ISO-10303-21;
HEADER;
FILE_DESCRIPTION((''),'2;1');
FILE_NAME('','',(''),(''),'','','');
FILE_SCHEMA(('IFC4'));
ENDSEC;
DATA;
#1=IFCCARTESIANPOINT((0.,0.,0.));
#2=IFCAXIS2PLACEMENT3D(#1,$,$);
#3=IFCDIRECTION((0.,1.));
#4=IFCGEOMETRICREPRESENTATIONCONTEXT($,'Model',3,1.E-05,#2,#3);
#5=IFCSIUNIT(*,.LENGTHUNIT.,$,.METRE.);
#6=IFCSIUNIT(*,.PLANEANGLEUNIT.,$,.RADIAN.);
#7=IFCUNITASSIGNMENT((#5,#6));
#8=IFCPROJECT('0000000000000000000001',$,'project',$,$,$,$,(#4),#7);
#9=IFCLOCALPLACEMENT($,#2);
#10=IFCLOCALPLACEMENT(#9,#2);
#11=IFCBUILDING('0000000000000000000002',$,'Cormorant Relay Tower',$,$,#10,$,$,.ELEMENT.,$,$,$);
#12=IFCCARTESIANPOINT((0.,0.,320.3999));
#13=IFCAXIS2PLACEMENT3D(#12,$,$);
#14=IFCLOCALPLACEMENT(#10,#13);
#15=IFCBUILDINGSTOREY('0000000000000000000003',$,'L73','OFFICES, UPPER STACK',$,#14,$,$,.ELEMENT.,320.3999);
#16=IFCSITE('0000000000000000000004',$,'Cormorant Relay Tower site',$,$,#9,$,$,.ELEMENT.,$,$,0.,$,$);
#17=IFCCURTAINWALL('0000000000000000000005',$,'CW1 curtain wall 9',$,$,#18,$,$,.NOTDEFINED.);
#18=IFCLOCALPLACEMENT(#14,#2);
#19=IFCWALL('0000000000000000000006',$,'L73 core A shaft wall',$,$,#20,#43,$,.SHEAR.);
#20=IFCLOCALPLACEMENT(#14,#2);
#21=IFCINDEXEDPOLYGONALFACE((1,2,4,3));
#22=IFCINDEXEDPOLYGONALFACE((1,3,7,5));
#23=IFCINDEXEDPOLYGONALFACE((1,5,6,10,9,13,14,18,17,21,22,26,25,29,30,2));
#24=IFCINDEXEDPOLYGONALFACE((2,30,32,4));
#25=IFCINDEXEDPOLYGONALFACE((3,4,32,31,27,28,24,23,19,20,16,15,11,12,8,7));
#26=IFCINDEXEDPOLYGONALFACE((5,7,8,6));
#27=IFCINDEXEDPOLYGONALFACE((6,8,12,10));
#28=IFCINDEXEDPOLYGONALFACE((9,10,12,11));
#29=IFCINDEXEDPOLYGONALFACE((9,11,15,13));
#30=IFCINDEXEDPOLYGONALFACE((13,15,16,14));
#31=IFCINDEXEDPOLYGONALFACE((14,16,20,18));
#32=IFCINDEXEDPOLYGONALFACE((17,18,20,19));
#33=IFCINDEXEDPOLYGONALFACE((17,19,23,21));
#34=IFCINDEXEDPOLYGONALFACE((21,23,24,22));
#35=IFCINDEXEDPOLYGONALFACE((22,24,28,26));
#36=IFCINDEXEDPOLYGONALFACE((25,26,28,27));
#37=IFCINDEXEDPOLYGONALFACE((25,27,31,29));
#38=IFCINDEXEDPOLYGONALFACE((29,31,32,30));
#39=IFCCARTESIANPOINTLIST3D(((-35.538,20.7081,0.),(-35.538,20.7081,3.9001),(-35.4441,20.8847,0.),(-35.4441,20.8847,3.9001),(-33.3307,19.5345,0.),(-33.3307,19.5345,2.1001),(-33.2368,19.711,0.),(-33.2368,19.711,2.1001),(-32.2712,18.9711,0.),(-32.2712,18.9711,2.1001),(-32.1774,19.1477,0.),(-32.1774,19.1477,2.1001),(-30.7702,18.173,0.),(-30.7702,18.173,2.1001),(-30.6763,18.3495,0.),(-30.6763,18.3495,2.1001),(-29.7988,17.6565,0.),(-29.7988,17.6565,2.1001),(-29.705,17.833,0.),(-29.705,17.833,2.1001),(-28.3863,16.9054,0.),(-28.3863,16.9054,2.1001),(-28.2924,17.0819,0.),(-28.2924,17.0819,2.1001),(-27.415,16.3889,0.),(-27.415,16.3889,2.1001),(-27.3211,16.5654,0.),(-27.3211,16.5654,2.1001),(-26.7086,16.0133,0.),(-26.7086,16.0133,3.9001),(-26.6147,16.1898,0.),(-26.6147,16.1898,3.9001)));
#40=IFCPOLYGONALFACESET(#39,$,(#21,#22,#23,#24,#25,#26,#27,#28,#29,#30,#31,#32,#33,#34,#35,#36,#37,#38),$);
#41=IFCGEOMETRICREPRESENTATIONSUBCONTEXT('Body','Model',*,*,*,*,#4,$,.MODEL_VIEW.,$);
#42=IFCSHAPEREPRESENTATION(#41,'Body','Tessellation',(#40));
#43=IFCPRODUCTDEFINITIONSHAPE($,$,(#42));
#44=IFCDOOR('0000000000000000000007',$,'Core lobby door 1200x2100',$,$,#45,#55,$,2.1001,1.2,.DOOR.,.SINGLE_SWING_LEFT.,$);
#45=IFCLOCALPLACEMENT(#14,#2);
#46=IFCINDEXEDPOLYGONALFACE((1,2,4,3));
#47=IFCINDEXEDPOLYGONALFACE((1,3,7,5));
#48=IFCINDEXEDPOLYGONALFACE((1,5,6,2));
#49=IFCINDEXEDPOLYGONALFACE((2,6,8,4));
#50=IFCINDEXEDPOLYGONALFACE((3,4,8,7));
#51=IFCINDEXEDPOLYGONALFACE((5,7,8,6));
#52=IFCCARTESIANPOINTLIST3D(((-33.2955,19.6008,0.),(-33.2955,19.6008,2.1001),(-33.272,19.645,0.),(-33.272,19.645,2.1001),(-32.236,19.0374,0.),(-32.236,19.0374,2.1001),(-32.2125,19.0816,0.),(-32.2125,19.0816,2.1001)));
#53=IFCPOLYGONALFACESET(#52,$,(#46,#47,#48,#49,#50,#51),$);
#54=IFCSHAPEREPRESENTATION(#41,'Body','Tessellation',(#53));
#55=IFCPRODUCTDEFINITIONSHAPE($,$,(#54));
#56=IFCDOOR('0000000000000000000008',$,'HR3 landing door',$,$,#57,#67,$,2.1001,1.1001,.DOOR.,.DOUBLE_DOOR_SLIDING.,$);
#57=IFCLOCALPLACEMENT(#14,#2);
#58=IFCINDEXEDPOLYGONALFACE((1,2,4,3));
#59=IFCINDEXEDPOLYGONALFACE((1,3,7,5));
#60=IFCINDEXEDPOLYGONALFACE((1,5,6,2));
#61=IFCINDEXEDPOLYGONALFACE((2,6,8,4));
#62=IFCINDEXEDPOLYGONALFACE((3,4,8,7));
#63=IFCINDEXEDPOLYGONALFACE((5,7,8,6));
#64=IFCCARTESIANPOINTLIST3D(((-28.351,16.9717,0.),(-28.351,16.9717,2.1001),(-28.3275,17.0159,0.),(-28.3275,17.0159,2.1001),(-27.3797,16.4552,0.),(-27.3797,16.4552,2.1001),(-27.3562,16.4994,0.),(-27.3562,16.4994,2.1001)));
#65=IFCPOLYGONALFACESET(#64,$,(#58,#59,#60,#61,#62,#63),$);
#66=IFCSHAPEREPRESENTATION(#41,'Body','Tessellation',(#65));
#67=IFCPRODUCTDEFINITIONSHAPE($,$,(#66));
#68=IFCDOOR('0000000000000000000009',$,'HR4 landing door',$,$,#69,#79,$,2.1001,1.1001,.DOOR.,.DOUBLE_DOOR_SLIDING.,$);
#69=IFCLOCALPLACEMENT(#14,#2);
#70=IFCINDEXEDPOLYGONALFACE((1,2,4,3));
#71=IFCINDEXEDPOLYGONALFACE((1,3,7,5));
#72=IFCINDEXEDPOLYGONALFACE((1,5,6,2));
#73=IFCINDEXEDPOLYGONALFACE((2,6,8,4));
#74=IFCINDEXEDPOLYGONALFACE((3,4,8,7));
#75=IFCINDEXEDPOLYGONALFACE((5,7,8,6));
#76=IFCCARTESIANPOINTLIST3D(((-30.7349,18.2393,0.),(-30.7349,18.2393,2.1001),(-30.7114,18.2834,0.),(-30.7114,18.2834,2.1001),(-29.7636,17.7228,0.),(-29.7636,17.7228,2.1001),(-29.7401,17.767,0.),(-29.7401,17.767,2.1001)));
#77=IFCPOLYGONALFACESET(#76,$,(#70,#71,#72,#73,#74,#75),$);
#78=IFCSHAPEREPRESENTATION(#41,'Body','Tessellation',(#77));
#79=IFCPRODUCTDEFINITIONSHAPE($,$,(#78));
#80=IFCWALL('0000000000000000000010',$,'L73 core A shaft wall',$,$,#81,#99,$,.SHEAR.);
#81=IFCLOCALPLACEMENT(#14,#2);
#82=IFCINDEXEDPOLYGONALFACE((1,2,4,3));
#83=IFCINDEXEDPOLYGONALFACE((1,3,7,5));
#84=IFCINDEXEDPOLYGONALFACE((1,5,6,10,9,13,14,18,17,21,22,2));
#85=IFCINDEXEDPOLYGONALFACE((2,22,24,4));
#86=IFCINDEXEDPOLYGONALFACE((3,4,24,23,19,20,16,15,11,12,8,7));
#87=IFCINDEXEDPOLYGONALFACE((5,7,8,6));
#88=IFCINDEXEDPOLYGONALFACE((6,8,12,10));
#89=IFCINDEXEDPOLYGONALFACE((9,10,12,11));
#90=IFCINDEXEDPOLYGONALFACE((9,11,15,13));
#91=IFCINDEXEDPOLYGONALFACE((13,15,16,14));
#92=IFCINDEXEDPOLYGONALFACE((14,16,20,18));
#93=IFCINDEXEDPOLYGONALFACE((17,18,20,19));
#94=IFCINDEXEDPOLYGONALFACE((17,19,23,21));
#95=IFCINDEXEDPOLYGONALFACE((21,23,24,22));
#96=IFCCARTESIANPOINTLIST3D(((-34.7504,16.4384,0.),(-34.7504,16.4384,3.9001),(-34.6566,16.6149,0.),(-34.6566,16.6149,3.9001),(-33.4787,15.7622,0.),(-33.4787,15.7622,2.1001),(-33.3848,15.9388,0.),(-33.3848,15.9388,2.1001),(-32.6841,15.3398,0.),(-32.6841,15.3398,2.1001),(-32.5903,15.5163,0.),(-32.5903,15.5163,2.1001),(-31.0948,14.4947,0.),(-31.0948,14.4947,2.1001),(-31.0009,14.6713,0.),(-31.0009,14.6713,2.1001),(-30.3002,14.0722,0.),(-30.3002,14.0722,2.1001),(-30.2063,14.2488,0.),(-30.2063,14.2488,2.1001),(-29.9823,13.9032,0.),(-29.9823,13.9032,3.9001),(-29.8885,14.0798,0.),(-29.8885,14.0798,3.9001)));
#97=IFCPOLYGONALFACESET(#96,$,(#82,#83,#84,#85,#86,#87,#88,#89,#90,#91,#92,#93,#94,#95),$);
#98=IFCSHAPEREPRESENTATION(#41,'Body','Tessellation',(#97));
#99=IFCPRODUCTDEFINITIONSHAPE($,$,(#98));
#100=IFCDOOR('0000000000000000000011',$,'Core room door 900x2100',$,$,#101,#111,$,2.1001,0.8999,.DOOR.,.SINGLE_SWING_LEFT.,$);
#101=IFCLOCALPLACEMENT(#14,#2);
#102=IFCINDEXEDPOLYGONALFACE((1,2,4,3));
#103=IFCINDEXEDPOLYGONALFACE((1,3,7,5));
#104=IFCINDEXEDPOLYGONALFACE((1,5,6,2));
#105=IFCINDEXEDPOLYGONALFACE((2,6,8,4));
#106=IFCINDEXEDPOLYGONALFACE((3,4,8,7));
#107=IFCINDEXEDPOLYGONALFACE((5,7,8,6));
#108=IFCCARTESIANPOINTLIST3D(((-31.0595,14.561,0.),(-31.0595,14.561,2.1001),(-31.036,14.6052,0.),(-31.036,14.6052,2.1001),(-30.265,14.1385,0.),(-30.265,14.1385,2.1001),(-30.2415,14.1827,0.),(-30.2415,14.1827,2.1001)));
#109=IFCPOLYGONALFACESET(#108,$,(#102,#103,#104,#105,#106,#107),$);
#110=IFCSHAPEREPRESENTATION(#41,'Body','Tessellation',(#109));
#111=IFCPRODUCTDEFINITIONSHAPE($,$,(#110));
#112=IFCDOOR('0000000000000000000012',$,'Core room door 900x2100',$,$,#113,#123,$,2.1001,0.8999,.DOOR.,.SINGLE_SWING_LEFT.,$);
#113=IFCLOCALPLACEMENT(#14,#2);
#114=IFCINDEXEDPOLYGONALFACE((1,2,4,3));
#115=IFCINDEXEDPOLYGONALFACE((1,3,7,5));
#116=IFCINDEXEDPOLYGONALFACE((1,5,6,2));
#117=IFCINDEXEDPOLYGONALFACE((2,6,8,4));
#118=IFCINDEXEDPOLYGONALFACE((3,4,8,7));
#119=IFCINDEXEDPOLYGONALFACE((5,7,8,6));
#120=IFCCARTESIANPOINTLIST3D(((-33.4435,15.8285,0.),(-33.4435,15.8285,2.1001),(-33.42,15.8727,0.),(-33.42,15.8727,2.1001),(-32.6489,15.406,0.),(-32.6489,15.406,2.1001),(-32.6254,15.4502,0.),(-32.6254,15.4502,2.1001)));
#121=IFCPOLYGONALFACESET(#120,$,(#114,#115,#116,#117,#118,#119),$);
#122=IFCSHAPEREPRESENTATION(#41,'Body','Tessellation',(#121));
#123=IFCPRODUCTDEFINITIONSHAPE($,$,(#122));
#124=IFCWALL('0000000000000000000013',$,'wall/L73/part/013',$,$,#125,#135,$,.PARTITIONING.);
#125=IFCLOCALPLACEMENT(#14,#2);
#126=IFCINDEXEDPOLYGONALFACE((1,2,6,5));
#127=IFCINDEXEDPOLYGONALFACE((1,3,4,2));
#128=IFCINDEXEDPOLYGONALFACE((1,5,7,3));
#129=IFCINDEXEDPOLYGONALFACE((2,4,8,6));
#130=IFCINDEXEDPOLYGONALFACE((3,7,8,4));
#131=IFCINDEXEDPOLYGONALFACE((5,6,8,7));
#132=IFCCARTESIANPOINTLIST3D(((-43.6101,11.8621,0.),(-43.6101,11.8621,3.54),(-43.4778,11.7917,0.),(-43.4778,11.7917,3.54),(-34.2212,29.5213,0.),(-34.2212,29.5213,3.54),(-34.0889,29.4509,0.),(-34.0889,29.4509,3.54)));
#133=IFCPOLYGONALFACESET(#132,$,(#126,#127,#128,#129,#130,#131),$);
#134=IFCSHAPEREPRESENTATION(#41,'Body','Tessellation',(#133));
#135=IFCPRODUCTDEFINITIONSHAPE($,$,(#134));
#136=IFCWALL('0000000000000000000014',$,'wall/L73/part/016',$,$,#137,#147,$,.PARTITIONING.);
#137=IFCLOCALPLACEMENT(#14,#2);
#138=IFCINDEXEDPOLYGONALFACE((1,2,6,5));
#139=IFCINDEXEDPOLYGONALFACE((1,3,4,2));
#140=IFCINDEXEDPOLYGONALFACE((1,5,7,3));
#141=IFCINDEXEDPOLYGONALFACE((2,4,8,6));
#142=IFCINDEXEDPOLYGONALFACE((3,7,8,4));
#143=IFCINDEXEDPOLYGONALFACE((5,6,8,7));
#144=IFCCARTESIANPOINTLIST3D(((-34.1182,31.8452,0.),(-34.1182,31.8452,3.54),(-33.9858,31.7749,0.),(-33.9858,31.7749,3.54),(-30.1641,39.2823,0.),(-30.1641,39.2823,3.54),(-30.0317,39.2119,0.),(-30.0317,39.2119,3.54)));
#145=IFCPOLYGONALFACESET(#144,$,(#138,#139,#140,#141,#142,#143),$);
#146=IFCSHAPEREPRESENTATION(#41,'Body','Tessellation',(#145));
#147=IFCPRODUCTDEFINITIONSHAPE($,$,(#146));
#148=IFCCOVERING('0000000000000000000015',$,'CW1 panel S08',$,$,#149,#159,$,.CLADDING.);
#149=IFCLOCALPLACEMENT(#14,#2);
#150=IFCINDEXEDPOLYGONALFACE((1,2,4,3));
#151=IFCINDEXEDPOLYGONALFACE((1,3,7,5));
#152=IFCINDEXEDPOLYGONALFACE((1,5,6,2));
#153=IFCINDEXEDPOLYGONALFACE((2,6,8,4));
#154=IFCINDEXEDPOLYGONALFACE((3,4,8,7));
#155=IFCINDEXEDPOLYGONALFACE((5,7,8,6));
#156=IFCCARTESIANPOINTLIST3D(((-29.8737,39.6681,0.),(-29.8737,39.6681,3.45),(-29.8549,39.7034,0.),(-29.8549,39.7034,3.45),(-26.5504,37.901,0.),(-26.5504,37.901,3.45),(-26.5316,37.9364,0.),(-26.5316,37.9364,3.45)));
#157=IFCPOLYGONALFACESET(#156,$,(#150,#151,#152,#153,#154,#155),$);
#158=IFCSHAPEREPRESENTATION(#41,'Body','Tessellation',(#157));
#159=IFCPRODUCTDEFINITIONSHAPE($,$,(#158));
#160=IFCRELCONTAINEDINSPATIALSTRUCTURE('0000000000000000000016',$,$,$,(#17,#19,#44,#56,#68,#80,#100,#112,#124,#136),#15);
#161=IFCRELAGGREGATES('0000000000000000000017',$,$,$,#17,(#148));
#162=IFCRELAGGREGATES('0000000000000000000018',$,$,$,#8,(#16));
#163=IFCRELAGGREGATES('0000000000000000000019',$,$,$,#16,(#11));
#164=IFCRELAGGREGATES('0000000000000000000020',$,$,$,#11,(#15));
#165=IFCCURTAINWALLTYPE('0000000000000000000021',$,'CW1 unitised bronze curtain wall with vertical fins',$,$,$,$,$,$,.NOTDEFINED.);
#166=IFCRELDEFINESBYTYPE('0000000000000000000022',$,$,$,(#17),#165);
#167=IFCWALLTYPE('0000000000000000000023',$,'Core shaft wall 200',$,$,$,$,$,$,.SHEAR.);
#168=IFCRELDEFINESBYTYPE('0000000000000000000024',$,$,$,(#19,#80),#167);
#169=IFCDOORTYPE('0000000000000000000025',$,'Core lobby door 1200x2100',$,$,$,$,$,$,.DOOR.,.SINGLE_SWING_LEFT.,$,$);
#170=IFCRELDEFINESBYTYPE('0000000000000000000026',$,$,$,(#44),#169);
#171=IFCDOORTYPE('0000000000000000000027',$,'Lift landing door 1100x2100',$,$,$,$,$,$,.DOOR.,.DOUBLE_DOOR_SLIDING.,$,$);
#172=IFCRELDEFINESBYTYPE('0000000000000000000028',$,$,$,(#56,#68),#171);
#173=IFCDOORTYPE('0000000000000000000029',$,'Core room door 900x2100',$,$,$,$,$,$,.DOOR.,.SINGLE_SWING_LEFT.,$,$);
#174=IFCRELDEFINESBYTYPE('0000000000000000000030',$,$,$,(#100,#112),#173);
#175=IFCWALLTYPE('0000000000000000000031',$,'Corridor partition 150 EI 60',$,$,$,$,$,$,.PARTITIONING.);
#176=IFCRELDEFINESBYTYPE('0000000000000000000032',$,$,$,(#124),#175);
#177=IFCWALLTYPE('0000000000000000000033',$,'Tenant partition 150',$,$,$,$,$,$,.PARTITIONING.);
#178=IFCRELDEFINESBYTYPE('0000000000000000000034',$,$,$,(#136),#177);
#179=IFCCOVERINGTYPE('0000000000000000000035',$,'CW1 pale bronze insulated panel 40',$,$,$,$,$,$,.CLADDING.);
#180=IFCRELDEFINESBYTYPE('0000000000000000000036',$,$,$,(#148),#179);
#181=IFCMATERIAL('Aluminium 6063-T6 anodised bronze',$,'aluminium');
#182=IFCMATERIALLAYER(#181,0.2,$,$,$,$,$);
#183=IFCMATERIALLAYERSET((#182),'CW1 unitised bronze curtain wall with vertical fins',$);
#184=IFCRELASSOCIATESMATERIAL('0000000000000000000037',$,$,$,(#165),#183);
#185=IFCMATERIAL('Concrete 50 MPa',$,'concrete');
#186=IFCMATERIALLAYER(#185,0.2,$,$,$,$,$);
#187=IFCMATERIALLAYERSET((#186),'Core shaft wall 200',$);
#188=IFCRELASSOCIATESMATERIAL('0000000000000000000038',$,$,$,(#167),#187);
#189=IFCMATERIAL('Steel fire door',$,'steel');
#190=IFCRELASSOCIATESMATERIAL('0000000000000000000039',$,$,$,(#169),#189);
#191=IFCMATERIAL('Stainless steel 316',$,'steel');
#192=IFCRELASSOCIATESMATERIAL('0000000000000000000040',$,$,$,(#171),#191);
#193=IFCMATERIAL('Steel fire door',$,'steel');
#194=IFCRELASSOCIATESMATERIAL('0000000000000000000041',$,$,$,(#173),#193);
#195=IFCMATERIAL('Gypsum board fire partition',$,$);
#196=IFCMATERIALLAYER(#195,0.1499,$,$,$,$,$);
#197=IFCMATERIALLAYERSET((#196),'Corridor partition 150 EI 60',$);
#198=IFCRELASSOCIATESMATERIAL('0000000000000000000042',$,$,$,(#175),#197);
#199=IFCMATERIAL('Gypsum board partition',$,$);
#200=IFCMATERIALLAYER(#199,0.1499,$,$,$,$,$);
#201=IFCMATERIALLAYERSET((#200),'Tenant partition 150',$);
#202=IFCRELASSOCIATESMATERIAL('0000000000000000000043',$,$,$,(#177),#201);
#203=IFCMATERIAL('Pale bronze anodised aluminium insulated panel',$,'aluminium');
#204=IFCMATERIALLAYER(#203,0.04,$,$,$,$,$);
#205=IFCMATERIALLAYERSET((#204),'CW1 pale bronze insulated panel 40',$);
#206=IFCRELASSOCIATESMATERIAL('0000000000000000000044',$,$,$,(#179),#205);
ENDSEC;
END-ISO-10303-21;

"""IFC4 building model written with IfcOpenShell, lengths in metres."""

from ifc_helpers import new_model, si_unit, direction, frame, frame_2d, origin, origin_2d, place, context, subcontext, project, spatial, rectangle, extrude, material, layer, layer_set, type_object, element, fill, aggregate, save


model = new_model("IFC4")

# Units and contexts
model_context = context("Model", 3, precision=1e-05, world=origin(), true_north=direction((0.0, 1.0)))
body_context = subcontext(model_context, "Body", "Model", "MODEL_VIEW")
ifc_project = project(units=[si_unit("LENGTHUNIT", "METRE"), si_unit("PLANEANGLEUNIT", "RADIAN")], contexts=[model_context])

# Site, building, storey
site_placement = place(None, origin())
site = spatial("IfcSite", under=ifc_project, at=site_placement, Name="Cormorant Relay Tower site", CompositionType="ELEMENT", RefElevation=0.0)
building_placement = place(site_placement, origin())
building = spatial("IfcBuilding", under=site, at=building_placement, Name="Cormorant Relay Tower", CompositionType="ELEMENT")
storey_placement = place(building_placement, frame((0.0, 0.0, 320.3999)))
storey = spatial("IfcBuildingStorey", under=building, at=storey_placement, Name="L73", Description="OFFICES, UPPER STACK", CompositionType="ELEMENT", Elevation=320.3999)

# Curtain wall
ifc_material_1 = material(Name="Aluminium 6063-T6 anodised bronze", Category="aluminium")
ifc_layer_1 = layer(ifc_material_1, 0.2)
ifc_layer_set_1 = layer_set([ifc_layer_1], Name="CW1 unitised bronze curtain wall with vertical fins")
curtain_wall_type = type_object("IfcCurtainWallType", Name="CW1 unitised bronze curtain wall with vertical fins", PredefinedType="NOTDEFINED", material=ifc_layer_set_1)
curtain_wall_1_placement = place(storey_placement, origin())
curtain_wall_1 = element("IfcCurtainWall", 1, at=curtain_wall_1_placement, inside=storey, type_object=curtain_wall_type, Name="CW1 curtain wall 9", PredefinedType="NOTDEFINED")

# Shared definitions
ifc_material_2 = material(Name="Concrete 50 MPa", Category="concrete")
ifc_layer_2 = layer(ifc_material_2, 0.2)
ifc_layer_set_2 = layer_set([ifc_layer_2], Name="Core shaft wall 200")
wall_type_1 = type_object("IfcWallType", Name="Core shaft wall 200", PredefinedType="SHEAR", material=ifc_layer_set_2)

# Walls, openings, doors
wall_1_placement = place(storey_placement, frame((-26.6616, 16.1016, 0.0), z_axis=(0.0, 0.0, 1.0), x_axis=(-0.88294, 0.469485, 0.0)))
wall_1 = element("IfcWall", 2, at=wall_1_placement, inside=storey, type_object=wall_type_1, Name="L73 core A shaft wall", PredefinedType="SHEAR", context=body_context, shape_type="SweptSolid", body=[
    extrude(rectangle(XDim=10.0, YDim=0.2, at=frame_2d((5.0, 0.0))), origin(), (0.0, 0.0, 1.0), 3.9001),
])
opening_1_placement = place(wall_1_placement, frame((6.3, 0.0, 0.0)))
opening_1 = element("IfcOpeningElement", 3, at=opening_1_placement, cuts=wall_1, PredefinedType="OPENING", context=body_context, shape_type="SweptSolid", body=[
    extrude(rectangle(XDim=1.2, YDim=2.1001, at=frame_2d((0.6001, 1.05))), frame((0.0, 0.1099, 0.0), z_axis=(0.0, -1.0, 0.0), x_axis=(1.0, 0.0, 0.0)), (0.0, 0.0, 1.0), 0.22),
])
opening_2_placement = place(wall_1_placement, frame((0.8, 0.0, 0.0)))
opening_2 = element("IfcOpeningElement", 4, at=opening_2_placement, cuts=wall_1, PredefinedType="OPENING", context=body_context, shape_type="SweptSolid", body=[
    extrude(rectangle(XDim=1.1001, YDim=2.1001, at=frame_2d((0.55, 1.05))), frame((0.0, 0.1099, 0.0), z_axis=(0.0, -1.0, 0.0), x_axis=(1.0, 0.0, 0.0)), (0.0, 0.0, 1.0), 0.22),
])
opening_3_placement = place(wall_1_placement, frame((3.5, 0.0, 0.0)))
opening_3 = element("IfcOpeningElement", 5, at=opening_3_placement, cuts=wall_1, PredefinedType="OPENING", context=body_context, shape_type="SweptSolid", body=[
    extrude(rectangle(XDim=1.1001, YDim=2.1001, at=frame_2d((0.55, 1.05))), frame((0.0, 0.1099, 0.0), z_axis=(0.0, -1.0, 0.0), x_axis=(1.0, 0.0, 0.0)), (0.0, 0.0, 1.0), 0.22),
])
ifc_material_3 = material(Name="Steel fire door", Category="steel")
door_type_1 = type_object("IfcDoorType", Name="Core lobby door 1200x2100", OperationType="SINGLE_SWING_LEFT", PredefinedType="DOOR", material=ifc_material_3)
door_1_placement = place(opening_1_placement, origin())
door_1 = element("IfcDoor", 6, at=door_1_placement, inside=storey, type_object=door_type_1, Name="Core lobby door 1200x2100", OperationType="SINGLE_SWING_LEFT", OverallHeight=2.1001, OverallWidth=1.2, PredefinedType="DOOR", context=body_context, shape_type="SweptSolid", body=[
    extrude(rectangle(XDim=1.2, YDim=2.1001, at=frame_2d((0.6001, 1.05))), frame((0.0, 0.0249, 0.0), z_axis=(0.0, -1.0, 0.0), x_axis=(1.0, 0.0, 0.0)), (0.0, 0.0, 1.0), 0.05),
])
fill(opening_1, door_1)
ifc_material_4 = material(Name="Stainless steel 316", Category="steel")
door_type_2 = type_object("IfcDoorType", Name="Lift landing door 1100x2100", OperationType="DOUBLE_DOOR_SLIDING", PredefinedType="DOOR", material=ifc_material_4)
door_2_placement = place(opening_2_placement, origin())
door_2 = element("IfcDoor", 7, at=door_2_placement, inside=storey, type_object=door_type_2, Name="HR3 landing door", OperationType="DOUBLE_DOOR_SLIDING", OverallHeight=2.1001, OverallWidth=1.1001, PredefinedType="DOOR", context=body_context, shape_type="SweptSolid", body=[
    extrude(rectangle(XDim=1.1001, YDim=2.1001, at=frame_2d((0.55, 1.05))), frame((0.0, 0.0249, 0.0), z_axis=(0.0, -1.0, 0.0), x_axis=(1.0, 0.0, 0.0)), (0.0, 0.0, 1.0), 0.05),
])
fill(opening_2, door_2)
door_3_placement = place(opening_3_placement, origin())
door_3 = element("IfcDoor", 8, at=door_3_placement, inside=storey, type_object=door_type_2, Name="HR4 landing door", OperationType="DOUBLE_DOOR_SLIDING", OverallHeight=2.1001, OverallWidth=1.1001, PredefinedType="DOOR", context=body_context, shape_type="SweptSolid", body=[
    extrude(rectangle(XDim=1.1001, YDim=2.1001, at=frame_2d((0.55, 1.05))), frame((0.0, 0.0249, 0.0), z_axis=(0.0, -1.0, 0.0), x_axis=(1.0, 0.0, 0.0)), (0.0, 0.0, 1.0), 0.05),
])
fill(opening_3, door_3)
wall_2_placement = place(storey_placement, frame((-29.9353, 13.9915, 0.0), z_axis=(0.0, 0.0, 1.0), x_axis=(-0.882953, 0.469462, 0.0)))
wall_2 = element("IfcWall", 9, at=wall_2_placement, inside=storey, type_object=wall_type_1, Name="L73 core A shaft wall", PredefinedType="SHEAR", context=body_context, shape_type="SweptSolid", body=[
    extrude(rectangle(XDim=5.4001, YDim=0.2, at=frame_2d((2.7002, 0.0))), origin(), (0.0, 0.0, 1.0), 3.9001),
])
opening_4_placement = place(wall_2_placement, frame((0.3601, 0.0, 0.0)))
opening_4 = element("IfcOpeningElement", 10, at=opening_4_placement, cuts=wall_2, PredefinedType="OPENING", context=body_context, shape_type="SweptSolid", body=[
    extrude(rectangle(XDim=0.8999, YDim=2.1001, at=frame_2d((0.45, 1.05))), frame((0.0, 0.1099, 0.0), z_axis=(0.0, -1.0, 0.0), x_axis=(1.0, 0.0, 0.0)), (0.0, 0.0, 1.0), 0.22),
])
opening_5_placement = place(wall_2_placement, frame((3.0601, 0.0, 0.0)))
opening_5 = element("IfcOpeningElement", 11, at=opening_5_placement, cuts=wall_2, PredefinedType="OPENING", context=body_context, shape_type="SweptSolid", body=[
    extrude(rectangle(XDim=0.8999, YDim=2.1001, at=frame_2d((0.45, 1.05))), frame((0.0, 0.1099, 0.0), z_axis=(0.0, -1.0, 0.0), x_axis=(1.0, 0.0, 0.0)), (0.0, 0.0, 1.0), 0.22),
])
ifc_material_5 = material(Name="Steel fire door", Category="steel")
door_type_3 = type_object("IfcDoorType", Name="Core room door 900x2100", OperationType="SINGLE_SWING_LEFT", PredefinedType="DOOR", material=ifc_material_5)
door_4_placement = place(opening_4_placement, origin())
door_4 = element("IfcDoor", 12, at=door_4_placement, inside=storey, type_object=door_type_3, Name="Core room door 900x2100", OperationType="SINGLE_SWING_LEFT", OverallHeight=2.1001, OverallWidth=0.8999, PredefinedType="DOOR", context=body_context, shape_type="SweptSolid", body=[
    extrude(rectangle(XDim=0.8999, YDim=2.1001, at=frame_2d((0.45, 1.05))), frame((0.0, 0.0249, 0.0), z_axis=(0.0, -1.0, 0.0), x_axis=(1.0, 0.0, 0.0)), (0.0, 0.0, 1.0), 0.05),
])
fill(opening_4, door_4)
door_5_placement = place(opening_5_placement, origin())
door_5 = element("IfcDoor", 13, at=door_5_placement, inside=storey, type_object=door_type_3, Name="Core room door 900x2100", OperationType="SINGLE_SWING_LEFT", OverallHeight=2.1001, OverallWidth=0.8999, PredefinedType="DOOR", context=body_context, shape_type="SweptSolid", body=[
    extrude(rectangle(XDim=0.8999, YDim=2.1001, at=frame_2d((0.45, 1.05))), frame((0.0, 0.0249, 0.0), z_axis=(0.0, -1.0, 0.0), x_axis=(1.0, 0.0, 0.0)), (0.0, 0.0, 1.0), 0.05),
])
fill(opening_5, door_5)

# Walls
ifc_material_6 = material(Name="Gypsum board fire partition")
ifc_layer_3 = layer(ifc_material_6, 0.1499)
ifc_layer_set_3 = layer_set([ifc_layer_3], Name="Corridor partition 150 EI 60")
wall_type_2 = type_object("IfcWallType", Name="Corridor partition 150 EI 60", PredefinedType="PARTITIONING", material=ifc_layer_set_3)
wall_3_placement = place(storey_placement, frame((-34.155, 29.4861, 0.0), z_axis=(0.0, 0.0, 1.0), x_axis=(-0.469447, -0.882961, 0.0)))
element("IfcWall", 14, at=wall_3_placement, inside=storey, type_object=wall_type_2, Name="wall/L73/part/013", PredefinedType="PARTITIONING", context=body_context, shape_type="SweptSolid", body=[
    extrude(rectangle(XDim=20.0, YDim=0.1499, at=frame_2d((10.0, 0.0))), origin(), (0.0, 0.0, 1.0), 3.54),
])
ifc_material_7 = material(Name="Gypsum board partition")
ifc_layer_4 = layer(ifc_material_7, 0.1499)
ifc_layer_set_4 = layer_set([ifc_layer_4], Name="Tenant partition 150")
wall_type_3 = type_object("IfcWallType", Name="Tenant partition 150", PredefinedType="PARTITIONING", material=ifc_layer_set_4)
wall_4_placement = place(storey_placement, frame((-30.0979, 39.2471, 0.0), z_axis=(0.0, 0.0, 1.0), x_axis=(-0.46945, -0.882959, 0.0)))
element("IfcWall", 15, at=wall_4_placement, inside=storey, type_object=wall_type_3, Name="wall/L73/part/016", PredefinedType="PARTITIONING", context=body_context, shape_type="SweptSolid", body=[
    extrude(rectangle(XDim=8.4229, YDim=0.1499, at=frame_2d((4.2114, 0.0))), origin(), (0.0, 0.0, 1.0), 3.54),
])

# Covering
ifc_material_8 = material(Name="Pale bronze anodised aluminium insulated panel", Category="aluminium")
ifc_layer_5 = layer(ifc_material_8, 0.04)
ifc_layer_set_5 = layer_set([ifc_layer_5], Name="CW1 pale bronze insulated panel 40")
covering_type = type_object("IfcCoveringType", Name="CW1 pale bronze insulated panel 40", PredefinedType="CLADDING", material=ifc_layer_set_5)
covering_1_placement = place(storey_placement, frame((-28.2026, 38.8022, 0.0), z_axis=(0.0, 0.0, 1.0), x_axis=(-0.882948, 0.469472, 0.0)))
covering_1 = element("IfcCovering", 16, at=covering_1_placement, type_object=covering_type, Name="CW1 panel S08", PredefinedType="CLADDING", context=body_context, shape_type="SweptSolid", body=[
    extrude(rectangle(XDim=3.7639, YDim=0.04, at=origin_2d()), origin(), (0.0, 0.0, 1.0), 3.45),
])
aggregate(curtain_wall_1, [covering_1])

save(model, "model.ifc")
